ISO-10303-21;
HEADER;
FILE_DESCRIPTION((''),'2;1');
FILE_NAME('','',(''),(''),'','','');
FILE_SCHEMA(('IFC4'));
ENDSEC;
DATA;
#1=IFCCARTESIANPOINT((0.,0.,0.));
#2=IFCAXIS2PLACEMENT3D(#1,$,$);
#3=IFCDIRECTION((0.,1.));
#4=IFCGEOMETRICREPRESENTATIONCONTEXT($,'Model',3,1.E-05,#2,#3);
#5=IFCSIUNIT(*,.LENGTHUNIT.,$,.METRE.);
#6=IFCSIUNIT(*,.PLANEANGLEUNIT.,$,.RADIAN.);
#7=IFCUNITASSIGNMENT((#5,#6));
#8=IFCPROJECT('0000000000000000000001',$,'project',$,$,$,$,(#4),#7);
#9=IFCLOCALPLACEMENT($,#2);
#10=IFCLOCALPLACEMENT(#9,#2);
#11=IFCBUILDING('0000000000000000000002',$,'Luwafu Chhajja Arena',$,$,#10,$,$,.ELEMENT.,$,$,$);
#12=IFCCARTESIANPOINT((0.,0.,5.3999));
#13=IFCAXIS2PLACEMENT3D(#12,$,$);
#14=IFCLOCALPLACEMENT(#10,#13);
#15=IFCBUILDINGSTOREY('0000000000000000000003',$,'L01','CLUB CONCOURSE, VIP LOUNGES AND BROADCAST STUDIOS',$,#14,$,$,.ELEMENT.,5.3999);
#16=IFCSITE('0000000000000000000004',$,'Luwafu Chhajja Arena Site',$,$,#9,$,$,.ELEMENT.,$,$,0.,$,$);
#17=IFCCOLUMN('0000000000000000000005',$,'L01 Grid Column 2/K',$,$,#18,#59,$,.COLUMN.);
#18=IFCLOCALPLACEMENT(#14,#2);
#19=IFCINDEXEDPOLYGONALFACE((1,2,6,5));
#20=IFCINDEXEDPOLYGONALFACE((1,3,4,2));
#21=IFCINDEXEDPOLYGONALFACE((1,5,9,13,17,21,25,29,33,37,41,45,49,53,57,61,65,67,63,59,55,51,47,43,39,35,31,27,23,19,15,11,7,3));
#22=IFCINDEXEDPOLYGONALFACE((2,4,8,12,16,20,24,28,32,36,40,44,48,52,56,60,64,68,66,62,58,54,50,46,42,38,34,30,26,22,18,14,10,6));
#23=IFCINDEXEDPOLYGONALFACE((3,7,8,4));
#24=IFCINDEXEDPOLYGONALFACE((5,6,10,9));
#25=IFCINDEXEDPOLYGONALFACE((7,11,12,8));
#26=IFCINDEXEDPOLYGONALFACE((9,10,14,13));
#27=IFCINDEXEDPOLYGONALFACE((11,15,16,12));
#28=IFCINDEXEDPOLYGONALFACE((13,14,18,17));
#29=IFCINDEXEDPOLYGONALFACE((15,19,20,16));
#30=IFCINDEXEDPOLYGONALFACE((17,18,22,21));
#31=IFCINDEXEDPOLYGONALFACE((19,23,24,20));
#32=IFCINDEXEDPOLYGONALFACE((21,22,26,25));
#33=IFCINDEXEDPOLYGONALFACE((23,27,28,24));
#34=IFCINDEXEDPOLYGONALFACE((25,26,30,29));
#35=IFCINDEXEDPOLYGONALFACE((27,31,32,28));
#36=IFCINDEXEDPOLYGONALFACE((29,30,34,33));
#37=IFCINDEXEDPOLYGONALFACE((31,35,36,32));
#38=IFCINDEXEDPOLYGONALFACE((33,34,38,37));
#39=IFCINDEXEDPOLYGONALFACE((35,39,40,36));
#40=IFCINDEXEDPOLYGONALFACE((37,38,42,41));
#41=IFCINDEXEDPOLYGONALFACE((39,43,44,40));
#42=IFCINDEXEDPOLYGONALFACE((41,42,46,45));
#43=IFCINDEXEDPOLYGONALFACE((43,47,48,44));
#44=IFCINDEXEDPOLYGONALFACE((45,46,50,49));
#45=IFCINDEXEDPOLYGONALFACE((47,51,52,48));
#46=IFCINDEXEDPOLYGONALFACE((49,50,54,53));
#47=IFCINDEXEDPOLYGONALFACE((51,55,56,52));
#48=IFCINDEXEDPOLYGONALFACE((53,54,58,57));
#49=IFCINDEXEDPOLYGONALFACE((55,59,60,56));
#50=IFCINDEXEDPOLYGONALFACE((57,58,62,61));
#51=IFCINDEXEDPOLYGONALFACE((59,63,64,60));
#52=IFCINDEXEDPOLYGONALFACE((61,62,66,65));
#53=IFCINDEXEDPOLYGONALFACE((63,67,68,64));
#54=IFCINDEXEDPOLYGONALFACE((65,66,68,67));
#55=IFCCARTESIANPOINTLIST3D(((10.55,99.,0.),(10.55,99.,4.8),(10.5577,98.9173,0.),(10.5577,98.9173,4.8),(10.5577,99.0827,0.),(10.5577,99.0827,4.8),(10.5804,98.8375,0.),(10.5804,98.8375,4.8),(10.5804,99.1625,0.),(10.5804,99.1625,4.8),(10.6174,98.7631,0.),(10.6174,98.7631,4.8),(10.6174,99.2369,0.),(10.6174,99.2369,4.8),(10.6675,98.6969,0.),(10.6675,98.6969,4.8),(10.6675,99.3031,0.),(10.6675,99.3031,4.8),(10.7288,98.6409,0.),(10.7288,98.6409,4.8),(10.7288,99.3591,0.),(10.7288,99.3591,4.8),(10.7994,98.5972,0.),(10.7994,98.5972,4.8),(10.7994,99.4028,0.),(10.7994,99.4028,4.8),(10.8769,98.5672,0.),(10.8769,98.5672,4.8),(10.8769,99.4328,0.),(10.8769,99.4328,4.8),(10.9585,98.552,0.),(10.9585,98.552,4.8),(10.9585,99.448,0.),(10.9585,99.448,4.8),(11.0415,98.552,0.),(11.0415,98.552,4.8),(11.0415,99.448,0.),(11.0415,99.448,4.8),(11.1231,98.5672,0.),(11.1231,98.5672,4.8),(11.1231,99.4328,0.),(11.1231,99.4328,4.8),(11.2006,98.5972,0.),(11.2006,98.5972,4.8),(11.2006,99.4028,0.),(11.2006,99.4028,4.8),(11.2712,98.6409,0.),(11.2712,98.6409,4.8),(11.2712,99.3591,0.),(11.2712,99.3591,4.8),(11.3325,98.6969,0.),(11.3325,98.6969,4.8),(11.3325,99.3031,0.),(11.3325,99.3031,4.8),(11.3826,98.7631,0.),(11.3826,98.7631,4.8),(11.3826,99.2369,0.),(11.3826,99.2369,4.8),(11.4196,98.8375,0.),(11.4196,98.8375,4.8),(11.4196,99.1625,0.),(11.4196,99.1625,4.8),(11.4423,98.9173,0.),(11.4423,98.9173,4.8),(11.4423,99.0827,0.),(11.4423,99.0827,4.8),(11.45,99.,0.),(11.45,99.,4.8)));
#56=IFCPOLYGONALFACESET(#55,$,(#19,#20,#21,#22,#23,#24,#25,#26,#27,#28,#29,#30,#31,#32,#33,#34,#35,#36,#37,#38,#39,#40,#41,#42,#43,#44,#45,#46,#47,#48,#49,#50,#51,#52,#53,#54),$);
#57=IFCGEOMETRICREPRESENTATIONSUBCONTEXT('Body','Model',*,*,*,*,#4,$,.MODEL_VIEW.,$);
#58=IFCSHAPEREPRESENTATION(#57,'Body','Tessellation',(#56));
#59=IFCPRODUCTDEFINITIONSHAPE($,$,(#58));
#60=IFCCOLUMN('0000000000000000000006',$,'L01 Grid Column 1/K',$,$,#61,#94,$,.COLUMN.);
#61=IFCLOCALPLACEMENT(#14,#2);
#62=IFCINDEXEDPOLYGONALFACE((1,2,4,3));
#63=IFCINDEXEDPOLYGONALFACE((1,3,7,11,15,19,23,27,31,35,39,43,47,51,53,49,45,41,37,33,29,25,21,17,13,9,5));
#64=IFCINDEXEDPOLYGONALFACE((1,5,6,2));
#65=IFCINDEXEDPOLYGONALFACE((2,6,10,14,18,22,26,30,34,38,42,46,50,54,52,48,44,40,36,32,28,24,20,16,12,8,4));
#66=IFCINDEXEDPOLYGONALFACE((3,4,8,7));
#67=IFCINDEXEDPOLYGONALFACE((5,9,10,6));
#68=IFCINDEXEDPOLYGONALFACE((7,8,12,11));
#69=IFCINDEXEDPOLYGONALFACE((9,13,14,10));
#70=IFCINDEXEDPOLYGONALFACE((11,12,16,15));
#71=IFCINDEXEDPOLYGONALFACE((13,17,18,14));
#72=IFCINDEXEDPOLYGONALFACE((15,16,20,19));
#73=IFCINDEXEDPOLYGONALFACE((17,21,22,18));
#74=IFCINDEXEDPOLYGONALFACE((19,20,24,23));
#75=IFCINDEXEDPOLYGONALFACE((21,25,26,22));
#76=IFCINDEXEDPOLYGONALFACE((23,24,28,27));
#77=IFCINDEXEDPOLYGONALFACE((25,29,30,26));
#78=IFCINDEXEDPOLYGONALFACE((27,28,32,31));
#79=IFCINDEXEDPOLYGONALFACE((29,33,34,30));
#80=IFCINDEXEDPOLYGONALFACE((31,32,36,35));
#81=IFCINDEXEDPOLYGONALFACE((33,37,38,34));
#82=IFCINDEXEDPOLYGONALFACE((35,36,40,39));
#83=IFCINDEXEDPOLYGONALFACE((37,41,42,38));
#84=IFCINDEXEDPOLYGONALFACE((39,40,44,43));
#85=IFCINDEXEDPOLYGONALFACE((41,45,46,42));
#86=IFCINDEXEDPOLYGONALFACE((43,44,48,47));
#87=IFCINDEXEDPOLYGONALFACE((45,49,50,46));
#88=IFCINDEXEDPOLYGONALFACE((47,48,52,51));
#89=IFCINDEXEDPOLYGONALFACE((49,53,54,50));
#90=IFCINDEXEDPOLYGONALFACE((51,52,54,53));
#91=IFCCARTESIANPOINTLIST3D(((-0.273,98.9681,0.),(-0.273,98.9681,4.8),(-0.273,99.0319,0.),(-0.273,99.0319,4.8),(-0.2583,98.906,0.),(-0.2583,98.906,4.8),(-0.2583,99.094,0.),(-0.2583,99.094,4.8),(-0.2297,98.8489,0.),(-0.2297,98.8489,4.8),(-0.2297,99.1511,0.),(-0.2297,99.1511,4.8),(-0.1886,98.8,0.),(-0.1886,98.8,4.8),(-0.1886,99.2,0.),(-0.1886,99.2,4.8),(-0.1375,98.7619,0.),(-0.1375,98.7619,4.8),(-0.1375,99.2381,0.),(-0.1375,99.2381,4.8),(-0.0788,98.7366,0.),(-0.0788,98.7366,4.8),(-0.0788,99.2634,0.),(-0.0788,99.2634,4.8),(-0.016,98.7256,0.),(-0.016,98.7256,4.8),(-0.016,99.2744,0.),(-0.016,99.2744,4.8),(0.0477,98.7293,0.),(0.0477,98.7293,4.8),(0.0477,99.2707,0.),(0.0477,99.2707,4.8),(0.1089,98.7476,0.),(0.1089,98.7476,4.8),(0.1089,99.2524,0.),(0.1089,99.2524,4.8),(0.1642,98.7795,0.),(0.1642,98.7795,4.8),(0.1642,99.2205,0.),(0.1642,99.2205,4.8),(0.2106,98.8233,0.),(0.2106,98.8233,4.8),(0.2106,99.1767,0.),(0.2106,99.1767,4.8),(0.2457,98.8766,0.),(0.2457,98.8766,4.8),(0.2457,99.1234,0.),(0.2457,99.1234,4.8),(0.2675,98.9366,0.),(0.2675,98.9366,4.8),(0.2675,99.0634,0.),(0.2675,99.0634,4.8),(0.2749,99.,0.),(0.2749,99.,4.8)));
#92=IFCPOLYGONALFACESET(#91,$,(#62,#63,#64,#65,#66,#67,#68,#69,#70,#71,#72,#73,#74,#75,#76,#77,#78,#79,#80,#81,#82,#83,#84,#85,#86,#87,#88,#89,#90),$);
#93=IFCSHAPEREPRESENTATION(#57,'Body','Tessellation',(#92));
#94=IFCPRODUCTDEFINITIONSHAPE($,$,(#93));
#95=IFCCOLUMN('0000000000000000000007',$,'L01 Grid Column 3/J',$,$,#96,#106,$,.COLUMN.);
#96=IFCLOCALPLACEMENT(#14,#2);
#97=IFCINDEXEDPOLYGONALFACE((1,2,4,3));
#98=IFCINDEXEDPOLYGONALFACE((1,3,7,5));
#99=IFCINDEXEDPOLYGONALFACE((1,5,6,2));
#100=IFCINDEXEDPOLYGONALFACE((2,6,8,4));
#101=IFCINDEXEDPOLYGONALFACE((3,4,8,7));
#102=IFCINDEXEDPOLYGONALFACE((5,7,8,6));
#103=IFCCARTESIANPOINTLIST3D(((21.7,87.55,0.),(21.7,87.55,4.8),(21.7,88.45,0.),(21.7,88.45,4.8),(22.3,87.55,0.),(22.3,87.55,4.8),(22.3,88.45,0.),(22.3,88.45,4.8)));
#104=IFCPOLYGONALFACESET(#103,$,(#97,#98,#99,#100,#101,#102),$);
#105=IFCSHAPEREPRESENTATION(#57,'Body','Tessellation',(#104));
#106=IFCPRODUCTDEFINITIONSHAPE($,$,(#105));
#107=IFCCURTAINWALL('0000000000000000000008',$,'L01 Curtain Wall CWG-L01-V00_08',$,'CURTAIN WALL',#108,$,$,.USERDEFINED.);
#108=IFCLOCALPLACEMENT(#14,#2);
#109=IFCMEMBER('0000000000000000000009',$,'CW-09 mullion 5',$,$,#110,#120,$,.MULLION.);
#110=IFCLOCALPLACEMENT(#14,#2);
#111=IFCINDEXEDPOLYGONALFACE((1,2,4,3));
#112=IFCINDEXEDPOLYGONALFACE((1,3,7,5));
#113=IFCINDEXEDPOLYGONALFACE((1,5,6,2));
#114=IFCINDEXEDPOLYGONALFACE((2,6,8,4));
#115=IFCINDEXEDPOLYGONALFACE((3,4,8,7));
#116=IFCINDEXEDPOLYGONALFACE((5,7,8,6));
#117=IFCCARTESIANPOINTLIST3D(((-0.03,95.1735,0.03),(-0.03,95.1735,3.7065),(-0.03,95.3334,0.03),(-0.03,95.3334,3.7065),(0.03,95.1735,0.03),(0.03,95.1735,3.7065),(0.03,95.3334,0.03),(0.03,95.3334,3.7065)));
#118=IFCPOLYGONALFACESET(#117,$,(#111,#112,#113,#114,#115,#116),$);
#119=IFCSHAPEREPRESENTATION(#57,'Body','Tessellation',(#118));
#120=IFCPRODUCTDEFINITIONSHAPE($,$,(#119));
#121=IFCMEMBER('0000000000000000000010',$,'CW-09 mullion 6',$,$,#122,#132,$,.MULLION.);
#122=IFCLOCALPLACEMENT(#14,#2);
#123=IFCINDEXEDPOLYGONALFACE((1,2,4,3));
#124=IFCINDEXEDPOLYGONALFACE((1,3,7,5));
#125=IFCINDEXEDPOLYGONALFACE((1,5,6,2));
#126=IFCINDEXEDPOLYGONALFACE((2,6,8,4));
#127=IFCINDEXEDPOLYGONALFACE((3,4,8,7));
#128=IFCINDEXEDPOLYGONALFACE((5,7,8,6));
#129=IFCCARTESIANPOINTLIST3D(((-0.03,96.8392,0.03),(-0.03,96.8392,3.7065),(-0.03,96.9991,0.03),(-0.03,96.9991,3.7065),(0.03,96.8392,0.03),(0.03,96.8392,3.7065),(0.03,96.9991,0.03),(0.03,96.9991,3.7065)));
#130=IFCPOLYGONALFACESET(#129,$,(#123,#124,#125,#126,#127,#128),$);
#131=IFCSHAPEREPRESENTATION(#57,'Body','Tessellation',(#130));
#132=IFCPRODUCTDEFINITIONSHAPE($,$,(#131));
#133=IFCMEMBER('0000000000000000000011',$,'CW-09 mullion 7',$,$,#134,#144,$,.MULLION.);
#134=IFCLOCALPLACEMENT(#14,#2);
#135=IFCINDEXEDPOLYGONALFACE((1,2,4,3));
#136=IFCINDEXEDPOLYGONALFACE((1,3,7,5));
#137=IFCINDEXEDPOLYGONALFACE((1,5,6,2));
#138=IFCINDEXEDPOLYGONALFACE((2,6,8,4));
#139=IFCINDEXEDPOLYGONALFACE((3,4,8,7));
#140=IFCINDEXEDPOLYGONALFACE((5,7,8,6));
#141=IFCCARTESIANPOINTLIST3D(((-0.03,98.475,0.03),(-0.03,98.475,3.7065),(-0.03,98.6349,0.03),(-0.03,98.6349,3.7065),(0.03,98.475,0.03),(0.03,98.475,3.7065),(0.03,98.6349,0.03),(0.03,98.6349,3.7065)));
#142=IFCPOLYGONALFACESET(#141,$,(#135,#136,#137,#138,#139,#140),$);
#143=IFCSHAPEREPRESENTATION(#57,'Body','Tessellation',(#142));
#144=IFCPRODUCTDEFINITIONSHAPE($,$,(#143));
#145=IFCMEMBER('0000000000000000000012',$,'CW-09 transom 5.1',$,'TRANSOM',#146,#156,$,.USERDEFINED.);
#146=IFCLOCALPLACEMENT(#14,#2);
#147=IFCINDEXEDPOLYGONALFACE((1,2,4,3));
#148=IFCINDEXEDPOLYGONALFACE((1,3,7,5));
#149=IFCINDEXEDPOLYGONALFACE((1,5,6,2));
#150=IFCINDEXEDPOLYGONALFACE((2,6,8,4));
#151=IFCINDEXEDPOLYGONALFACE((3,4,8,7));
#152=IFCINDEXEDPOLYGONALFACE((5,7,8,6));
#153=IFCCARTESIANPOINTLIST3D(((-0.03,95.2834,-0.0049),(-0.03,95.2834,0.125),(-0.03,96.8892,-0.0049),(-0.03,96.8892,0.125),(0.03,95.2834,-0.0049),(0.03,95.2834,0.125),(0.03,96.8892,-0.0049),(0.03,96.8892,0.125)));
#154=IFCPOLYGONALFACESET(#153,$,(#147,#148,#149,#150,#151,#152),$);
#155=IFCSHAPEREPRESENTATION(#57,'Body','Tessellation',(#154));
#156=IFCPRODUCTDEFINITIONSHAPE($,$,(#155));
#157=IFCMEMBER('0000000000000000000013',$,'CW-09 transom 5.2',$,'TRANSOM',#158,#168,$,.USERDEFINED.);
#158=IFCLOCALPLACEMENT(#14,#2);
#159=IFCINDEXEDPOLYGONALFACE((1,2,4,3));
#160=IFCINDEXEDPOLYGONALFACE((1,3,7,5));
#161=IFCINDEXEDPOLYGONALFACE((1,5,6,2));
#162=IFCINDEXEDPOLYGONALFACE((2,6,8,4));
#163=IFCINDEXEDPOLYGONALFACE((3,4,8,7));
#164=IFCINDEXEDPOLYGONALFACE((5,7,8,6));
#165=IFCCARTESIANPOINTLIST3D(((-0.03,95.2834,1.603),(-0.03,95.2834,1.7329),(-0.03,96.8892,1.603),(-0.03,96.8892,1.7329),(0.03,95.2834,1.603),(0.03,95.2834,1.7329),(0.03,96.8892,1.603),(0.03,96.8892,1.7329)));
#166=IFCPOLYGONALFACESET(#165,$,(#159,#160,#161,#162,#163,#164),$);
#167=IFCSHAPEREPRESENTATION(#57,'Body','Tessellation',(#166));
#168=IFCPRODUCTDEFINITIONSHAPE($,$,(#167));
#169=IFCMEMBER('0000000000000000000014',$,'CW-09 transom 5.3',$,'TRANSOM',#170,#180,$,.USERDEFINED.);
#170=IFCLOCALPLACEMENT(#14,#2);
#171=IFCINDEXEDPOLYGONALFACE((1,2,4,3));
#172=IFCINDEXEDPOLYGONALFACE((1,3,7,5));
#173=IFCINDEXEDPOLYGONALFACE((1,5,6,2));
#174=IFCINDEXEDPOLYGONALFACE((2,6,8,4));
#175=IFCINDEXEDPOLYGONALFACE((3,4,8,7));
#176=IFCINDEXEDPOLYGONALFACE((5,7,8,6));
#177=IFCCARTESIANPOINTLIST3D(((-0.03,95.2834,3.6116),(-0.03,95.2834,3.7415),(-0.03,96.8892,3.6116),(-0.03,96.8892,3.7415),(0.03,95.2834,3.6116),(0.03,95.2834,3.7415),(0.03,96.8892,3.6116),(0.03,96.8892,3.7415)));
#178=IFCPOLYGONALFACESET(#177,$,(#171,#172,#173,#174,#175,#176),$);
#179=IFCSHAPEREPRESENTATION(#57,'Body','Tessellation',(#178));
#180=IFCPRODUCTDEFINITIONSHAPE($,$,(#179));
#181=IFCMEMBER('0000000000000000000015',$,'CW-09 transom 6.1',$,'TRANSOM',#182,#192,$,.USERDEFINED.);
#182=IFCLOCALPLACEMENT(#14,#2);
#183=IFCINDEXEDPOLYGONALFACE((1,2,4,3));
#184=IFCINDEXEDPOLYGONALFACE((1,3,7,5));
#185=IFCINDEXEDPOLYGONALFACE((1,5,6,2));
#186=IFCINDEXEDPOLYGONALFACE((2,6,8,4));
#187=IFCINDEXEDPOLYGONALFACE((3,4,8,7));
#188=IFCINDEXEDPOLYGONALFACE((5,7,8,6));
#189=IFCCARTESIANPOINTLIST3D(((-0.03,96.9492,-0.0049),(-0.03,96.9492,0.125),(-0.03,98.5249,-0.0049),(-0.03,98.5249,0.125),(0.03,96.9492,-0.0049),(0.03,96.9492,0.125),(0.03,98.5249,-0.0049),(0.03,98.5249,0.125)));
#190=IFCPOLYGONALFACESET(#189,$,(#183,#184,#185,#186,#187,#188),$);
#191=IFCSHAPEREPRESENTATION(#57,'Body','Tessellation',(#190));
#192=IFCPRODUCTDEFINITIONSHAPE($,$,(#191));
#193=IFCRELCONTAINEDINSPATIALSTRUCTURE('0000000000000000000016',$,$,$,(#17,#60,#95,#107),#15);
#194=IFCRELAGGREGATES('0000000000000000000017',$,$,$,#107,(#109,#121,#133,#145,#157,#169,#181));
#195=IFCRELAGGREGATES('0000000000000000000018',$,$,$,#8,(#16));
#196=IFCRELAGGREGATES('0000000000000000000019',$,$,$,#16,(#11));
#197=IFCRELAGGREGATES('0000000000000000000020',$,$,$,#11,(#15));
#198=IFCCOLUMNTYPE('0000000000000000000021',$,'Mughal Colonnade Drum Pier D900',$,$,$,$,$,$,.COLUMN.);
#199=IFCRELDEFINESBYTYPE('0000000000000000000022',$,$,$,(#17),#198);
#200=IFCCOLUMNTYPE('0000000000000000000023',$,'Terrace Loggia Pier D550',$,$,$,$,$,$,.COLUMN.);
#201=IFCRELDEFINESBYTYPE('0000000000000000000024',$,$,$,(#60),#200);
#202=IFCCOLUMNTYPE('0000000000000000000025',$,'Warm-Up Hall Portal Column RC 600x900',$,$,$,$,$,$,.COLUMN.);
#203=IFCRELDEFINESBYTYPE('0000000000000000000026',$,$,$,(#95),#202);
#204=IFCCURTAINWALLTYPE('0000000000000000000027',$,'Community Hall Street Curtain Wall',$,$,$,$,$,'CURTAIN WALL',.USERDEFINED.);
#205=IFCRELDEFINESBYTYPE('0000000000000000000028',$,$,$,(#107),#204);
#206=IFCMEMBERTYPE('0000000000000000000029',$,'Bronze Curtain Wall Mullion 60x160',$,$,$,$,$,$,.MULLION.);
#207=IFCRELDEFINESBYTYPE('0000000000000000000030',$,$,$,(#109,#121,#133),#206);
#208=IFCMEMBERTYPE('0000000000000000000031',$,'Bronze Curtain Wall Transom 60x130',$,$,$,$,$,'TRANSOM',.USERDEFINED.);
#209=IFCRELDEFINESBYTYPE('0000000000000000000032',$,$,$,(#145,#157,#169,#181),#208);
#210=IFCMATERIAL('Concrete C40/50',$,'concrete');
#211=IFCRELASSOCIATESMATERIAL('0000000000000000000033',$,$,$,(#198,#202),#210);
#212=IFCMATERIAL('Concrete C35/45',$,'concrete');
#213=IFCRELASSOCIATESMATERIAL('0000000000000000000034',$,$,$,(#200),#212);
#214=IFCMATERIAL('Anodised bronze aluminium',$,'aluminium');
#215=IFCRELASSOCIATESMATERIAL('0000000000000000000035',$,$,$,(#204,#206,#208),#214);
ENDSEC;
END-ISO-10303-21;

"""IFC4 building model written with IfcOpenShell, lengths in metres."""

from ifc_helpers import new_model, si_unit, direction, frame, origin, origin_2d, place, context, subcontext, project, spatial, rectangle, circle, extrude, material, material_profile, profile_set, type_object, element, aggregate, save


model = new_model("IFC4")

# Units and contexts
model_context = context("Model", 3, precision=1e-05, world=origin(), true_north=direction((0.0, 1.0)))
body_context = subcontext(model_context, "Body", "Model", "MODEL_VIEW")
ifc_project = project(units=[si_unit("LENGTHUNIT", "METRE"), si_unit("PLANEANGLEUNIT", "RADIAN")], contexts=[model_context])

# Site, building, storey
site_placement = place(None, origin())
site = spatial("IfcSite", under=ifc_project, at=site_placement, Name="Luwafu Chhajja Arena Site", CompositionType="ELEMENT", RefElevation=0.0)
building_placement = place(site_placement, origin())
building = spatial("IfcBuilding", under=site, at=building_placement, Name="Luwafu Chhajja Arena", CompositionType="ELEMENT")
storey_placement = place(building_placement, frame((0.0, 0.0, 5.3999)))
storey = spatial("IfcBuildingStorey", under=building, at=storey_placement, Name="L01", Description="CLUB CONCOURSE, VIP LOUNGES AND BROADCAST STUDIOS", CompositionType="ELEMENT", Elevation=5.3999)

# Columns
ifc_material_1 = material(Name="Concrete C40/50", Category="concrete")
ifc_material_profile_1 = material_profile(ifc_material_1, circle(Radius=0.45, at=origin_2d()), Name="RC COL D900")
ifc_profile_set_1 = profile_set([ifc_material_profile_1], Name="Concrete C40/50")
column_type_1 = type_object("IfcColumnType", Name="Mughal Colonnade Drum Pier D900", PredefinedType="COLUMN", material=ifc_profile_set_1)
column_1_placement = place(storey_placement, frame((11.0, 99.0, 0.0), z_axis=(0.0, 0.0, 1.0), x_axis=(1.0, 0.0, 0.0)))
element("IfcColumn", 1, at=column_1_placement, inside=storey, type_object=column_type_1, Name="L01 Grid Column 2/K", PredefinedType="COLUMN", context=body_context, shape_type="SweptSolid", body=[
    extrude(circle(Radius=0.45, at=origin_2d()), origin(), (0.0, 0.0, 1.0), 4.8),
])
ifc_material_2 = material(Name="Concrete C35/45", Category="concrete")
ifc_material_profile_2 = material_profile(ifc_material_2, circle(Radius=0.2749, at=origin_2d()), Name="RC COL D550")
ifc_profile_set_2 = profile_set([ifc_material_profile_2], Name="Concrete C35/45")
column_type_2 = type_object("IfcColumnType", Name="Terrace Loggia Pier D550", PredefinedType="COLUMN", material=ifc_profile_set_2)
column_2_placement = place(storey_placement, frame((0.0, 99.0, 0.0), z_axis=(0.0, 0.0, 1.0), x_axis=(1.0, 0.0, 0.0)))
element("IfcColumn", 2, at=column_2_placement, inside=storey, type_object=column_type_2, Name="L01 Grid Column 1/K", PredefinedType="COLUMN", context=body_context, shape_type="SweptSolid", body=[
    extrude(circle(Radius=0.2749, at=origin_2d()), origin(), (0.0, 0.0, 1.0), 4.8),
])
ifc_material_profile_3 = material_profile(ifc_material_1, rectangle(XDim=0.6001, YDim=0.8999, at=origin_2d()), Name="RC 600x900")
ifc_profile_set_3 = profile_set([ifc_material_profile_3], Name="Concrete C40/50")
column_type_3 = type_object("IfcColumnType", Name="Warm-Up Hall Portal Column RC 600x900", PredefinedType="COLUMN", material=ifc_profile_set_3)
column_3_placement = place(storey_placement, frame((22.0, 88.0, 0.0), z_axis=(0.0, 0.0, 1.0), x_axis=(1.0, 0.0, 0.0)))
element("IfcColumn", 3, at=column_3_placement, inside=storey, type_object=column_type_3, Name="L01 Grid Column 3/J", PredefinedType="COLUMN", context=body_context, shape_type="SweptSolid", body=[
    extrude(rectangle(XDim=0.6001, YDim=0.8999, at=origin_2d()), origin(), (0.0, 0.0, 1.0), 4.8),
])

# Curtain wall, members
ifc_material_3 = material(Name="Anodised bronze aluminium", Category="aluminium")
curtain_wall_type_1 = type_object("IfcCurtainWallType", Name="Community Hall Street Curtain Wall", ElementType="CURTAIN WALL", PredefinedType="USERDEFINED", material=ifc_material_3)
curtain_wall_1_placement = place(storey_placement, origin())
curtain_wall_1 = element("IfcCurtainWall", 4, at=curtain_wall_1_placement, inside=storey, type_object=curtain_wall_type_1, Name="L01 Curtain Wall CWG-L01-V00_08", ObjectType="CURTAIN WALL", PredefinedType="USERDEFINED")
ifc_material_profile_4 = material_profile(ifc_material_3, rectangle(XDim=0.0601, YDim=0.1599, at=origin_2d()), Name="CWM 60x160")
ifc_profile_set_4 = profile_set([ifc_material_profile_4], Name="Anodised bronze aluminium")
member_type_1 = type_object("IfcMemberType", Name="Bronze Curtain Wall Mullion 60x160", PredefinedType="MULLION", material=ifc_profile_set_4)
member_1_placement = place(storey_placement, frame((0.0, 95.2534, 0.03), z_axis=(0.0, 0.0, 1.0), x_axis=(-1.0, 0.0, 0.0)))
member_1 = element("IfcMember", 5, at=member_1_placement, type_object=member_type_1, Name="CW-09 mullion 5", PredefinedType="MULLION", context=body_context, shape_type="SweptSolid", body=[
    extrude(rectangle(XDim=0.0601, YDim=0.1599, at=origin_2d()), origin(), (0.0, 0.0, 1.0), 3.6765),
])
member_2_placement = place(storey_placement, frame((0.0, 96.9192, 0.03), z_axis=(0.0, 0.0, 1.0), x_axis=(-1.0, 0.0, 0.0)))
member_2 = element("IfcMember", 6, at=member_2_placement, type_object=member_type_1, Name="CW-09 mullion 6", PredefinedType="MULLION", context=body_context, shape_type="SweptSolid", body=[
    extrude(rectangle(XDim=0.0601, YDim=0.1599, at=origin_2d()), origin(), (0.0, 0.0, 1.0), 3.6765),
])
member_3_placement = place(storey_placement, frame((0.0, 98.5549, 0.03), z_axis=(0.0, 0.0, 1.0), x_axis=(-1.0, 0.0, 0.0)))
member_3 = element("IfcMember", 7, at=member_3_placement, type_object=member_type_1, Name="CW-09 mullion 7", PredefinedType="MULLION", context=body_context, shape_type="SweptSolid", body=[
    extrude(rectangle(XDim=0.0601, YDim=0.1599, at=origin_2d()), origin(), (0.0, 0.0, 1.0), 3.6765),
])
ifc_material_profile_5 = material_profile(ifc_material_3, rectangle(XDim=0.0601, YDim=0.1299, at=origin_2d()), Name="CWT 60x130")
ifc_profile_set_5 = profile_set([ifc_material_profile_5], Name="Anodised bronze aluminium")
member_type_2 = type_object("IfcMemberType", Name="Bronze Curtain Wall Transom 60x130", ElementType="TRANSOM", PredefinedType="USERDEFINED", material=ifc_profile_set_5)
member_4_placement = place(storey_placement, frame((0.0, 95.2834, 0.0601), z_axis=(0.0, 1.0, 0.0), x_axis=(-1.0, 0.0, 0.0)))
member_4 = element("IfcMember", 8, at=member_4_placement, type_object=member_type_2, Name="CW-09 transom 5.1", ObjectType="TRANSOM", PredefinedType="USERDEFINED", context=body_context, shape_type="SweptSolid", body=[
    extrude(rectangle(XDim=0.0601, YDim=0.1299, at=origin_2d()), origin(), (0.0, 0.0, 1.0), 1.6057),
])
member_5_placement = place(storey_placement, frame((0.0, 95.2834, 1.668), z_axis=(0.0, 1.0, 0.0), x_axis=(-1.0, 0.0, 0.0)))
member_5 = element("IfcMember", 9, at=member_5_placement, type_object=member_type_2, Name="CW-09 transom 5.2", ObjectType="TRANSOM", PredefinedType="USERDEFINED", context=body_context, shape_type="SweptSolid", body=[
    extrude(rectangle(XDim=0.0601, YDim=0.1299, at=origin_2d()), origin(), (0.0, 0.0, 1.0), 1.6057),
])
member_6_placement = place(storey_placement, frame((0.0, 95.2834, 3.6765), z_axis=(0.0, 1.0, 0.0), x_axis=(-1.0, 0.0, 0.0)))
member_6 = element("IfcMember", 10, at=member_6_placement, type_object=member_type_2, Name="CW-09 transom 5.3", ObjectType="TRANSOM", PredefinedType="USERDEFINED", context=body_context, shape_type="SweptSolid", body=[
    extrude(rectangle(XDim=0.0601, YDim=0.1299, at=origin_2d()), origin(), (0.0, 0.0, 1.0), 1.6057),
])
member_7_placement = place(storey_placement, frame((0.0, 96.9492, 0.0601), z_axis=(0.0, 1.0, 0.0), x_axis=(-1.0, 0.0, 0.0)))
member_7 = element("IfcMember", 11, at=member_7_placement, type_object=member_type_2, Name="CW-09 transom 6.1", ObjectType="TRANSOM", PredefinedType="USERDEFINED", context=body_context, shape_type="SweptSolid", body=[
    extrude(rectangle(XDim=0.0601, YDim=0.1299, at=origin_2d()), origin(), (0.0, 0.0, 1.0), 1.5757),
])

aggregate(curtain_wall_1, [member_1, member_2, member_3, member_4, member_5, member_6, member_7])

save(model, "model.ifc")
